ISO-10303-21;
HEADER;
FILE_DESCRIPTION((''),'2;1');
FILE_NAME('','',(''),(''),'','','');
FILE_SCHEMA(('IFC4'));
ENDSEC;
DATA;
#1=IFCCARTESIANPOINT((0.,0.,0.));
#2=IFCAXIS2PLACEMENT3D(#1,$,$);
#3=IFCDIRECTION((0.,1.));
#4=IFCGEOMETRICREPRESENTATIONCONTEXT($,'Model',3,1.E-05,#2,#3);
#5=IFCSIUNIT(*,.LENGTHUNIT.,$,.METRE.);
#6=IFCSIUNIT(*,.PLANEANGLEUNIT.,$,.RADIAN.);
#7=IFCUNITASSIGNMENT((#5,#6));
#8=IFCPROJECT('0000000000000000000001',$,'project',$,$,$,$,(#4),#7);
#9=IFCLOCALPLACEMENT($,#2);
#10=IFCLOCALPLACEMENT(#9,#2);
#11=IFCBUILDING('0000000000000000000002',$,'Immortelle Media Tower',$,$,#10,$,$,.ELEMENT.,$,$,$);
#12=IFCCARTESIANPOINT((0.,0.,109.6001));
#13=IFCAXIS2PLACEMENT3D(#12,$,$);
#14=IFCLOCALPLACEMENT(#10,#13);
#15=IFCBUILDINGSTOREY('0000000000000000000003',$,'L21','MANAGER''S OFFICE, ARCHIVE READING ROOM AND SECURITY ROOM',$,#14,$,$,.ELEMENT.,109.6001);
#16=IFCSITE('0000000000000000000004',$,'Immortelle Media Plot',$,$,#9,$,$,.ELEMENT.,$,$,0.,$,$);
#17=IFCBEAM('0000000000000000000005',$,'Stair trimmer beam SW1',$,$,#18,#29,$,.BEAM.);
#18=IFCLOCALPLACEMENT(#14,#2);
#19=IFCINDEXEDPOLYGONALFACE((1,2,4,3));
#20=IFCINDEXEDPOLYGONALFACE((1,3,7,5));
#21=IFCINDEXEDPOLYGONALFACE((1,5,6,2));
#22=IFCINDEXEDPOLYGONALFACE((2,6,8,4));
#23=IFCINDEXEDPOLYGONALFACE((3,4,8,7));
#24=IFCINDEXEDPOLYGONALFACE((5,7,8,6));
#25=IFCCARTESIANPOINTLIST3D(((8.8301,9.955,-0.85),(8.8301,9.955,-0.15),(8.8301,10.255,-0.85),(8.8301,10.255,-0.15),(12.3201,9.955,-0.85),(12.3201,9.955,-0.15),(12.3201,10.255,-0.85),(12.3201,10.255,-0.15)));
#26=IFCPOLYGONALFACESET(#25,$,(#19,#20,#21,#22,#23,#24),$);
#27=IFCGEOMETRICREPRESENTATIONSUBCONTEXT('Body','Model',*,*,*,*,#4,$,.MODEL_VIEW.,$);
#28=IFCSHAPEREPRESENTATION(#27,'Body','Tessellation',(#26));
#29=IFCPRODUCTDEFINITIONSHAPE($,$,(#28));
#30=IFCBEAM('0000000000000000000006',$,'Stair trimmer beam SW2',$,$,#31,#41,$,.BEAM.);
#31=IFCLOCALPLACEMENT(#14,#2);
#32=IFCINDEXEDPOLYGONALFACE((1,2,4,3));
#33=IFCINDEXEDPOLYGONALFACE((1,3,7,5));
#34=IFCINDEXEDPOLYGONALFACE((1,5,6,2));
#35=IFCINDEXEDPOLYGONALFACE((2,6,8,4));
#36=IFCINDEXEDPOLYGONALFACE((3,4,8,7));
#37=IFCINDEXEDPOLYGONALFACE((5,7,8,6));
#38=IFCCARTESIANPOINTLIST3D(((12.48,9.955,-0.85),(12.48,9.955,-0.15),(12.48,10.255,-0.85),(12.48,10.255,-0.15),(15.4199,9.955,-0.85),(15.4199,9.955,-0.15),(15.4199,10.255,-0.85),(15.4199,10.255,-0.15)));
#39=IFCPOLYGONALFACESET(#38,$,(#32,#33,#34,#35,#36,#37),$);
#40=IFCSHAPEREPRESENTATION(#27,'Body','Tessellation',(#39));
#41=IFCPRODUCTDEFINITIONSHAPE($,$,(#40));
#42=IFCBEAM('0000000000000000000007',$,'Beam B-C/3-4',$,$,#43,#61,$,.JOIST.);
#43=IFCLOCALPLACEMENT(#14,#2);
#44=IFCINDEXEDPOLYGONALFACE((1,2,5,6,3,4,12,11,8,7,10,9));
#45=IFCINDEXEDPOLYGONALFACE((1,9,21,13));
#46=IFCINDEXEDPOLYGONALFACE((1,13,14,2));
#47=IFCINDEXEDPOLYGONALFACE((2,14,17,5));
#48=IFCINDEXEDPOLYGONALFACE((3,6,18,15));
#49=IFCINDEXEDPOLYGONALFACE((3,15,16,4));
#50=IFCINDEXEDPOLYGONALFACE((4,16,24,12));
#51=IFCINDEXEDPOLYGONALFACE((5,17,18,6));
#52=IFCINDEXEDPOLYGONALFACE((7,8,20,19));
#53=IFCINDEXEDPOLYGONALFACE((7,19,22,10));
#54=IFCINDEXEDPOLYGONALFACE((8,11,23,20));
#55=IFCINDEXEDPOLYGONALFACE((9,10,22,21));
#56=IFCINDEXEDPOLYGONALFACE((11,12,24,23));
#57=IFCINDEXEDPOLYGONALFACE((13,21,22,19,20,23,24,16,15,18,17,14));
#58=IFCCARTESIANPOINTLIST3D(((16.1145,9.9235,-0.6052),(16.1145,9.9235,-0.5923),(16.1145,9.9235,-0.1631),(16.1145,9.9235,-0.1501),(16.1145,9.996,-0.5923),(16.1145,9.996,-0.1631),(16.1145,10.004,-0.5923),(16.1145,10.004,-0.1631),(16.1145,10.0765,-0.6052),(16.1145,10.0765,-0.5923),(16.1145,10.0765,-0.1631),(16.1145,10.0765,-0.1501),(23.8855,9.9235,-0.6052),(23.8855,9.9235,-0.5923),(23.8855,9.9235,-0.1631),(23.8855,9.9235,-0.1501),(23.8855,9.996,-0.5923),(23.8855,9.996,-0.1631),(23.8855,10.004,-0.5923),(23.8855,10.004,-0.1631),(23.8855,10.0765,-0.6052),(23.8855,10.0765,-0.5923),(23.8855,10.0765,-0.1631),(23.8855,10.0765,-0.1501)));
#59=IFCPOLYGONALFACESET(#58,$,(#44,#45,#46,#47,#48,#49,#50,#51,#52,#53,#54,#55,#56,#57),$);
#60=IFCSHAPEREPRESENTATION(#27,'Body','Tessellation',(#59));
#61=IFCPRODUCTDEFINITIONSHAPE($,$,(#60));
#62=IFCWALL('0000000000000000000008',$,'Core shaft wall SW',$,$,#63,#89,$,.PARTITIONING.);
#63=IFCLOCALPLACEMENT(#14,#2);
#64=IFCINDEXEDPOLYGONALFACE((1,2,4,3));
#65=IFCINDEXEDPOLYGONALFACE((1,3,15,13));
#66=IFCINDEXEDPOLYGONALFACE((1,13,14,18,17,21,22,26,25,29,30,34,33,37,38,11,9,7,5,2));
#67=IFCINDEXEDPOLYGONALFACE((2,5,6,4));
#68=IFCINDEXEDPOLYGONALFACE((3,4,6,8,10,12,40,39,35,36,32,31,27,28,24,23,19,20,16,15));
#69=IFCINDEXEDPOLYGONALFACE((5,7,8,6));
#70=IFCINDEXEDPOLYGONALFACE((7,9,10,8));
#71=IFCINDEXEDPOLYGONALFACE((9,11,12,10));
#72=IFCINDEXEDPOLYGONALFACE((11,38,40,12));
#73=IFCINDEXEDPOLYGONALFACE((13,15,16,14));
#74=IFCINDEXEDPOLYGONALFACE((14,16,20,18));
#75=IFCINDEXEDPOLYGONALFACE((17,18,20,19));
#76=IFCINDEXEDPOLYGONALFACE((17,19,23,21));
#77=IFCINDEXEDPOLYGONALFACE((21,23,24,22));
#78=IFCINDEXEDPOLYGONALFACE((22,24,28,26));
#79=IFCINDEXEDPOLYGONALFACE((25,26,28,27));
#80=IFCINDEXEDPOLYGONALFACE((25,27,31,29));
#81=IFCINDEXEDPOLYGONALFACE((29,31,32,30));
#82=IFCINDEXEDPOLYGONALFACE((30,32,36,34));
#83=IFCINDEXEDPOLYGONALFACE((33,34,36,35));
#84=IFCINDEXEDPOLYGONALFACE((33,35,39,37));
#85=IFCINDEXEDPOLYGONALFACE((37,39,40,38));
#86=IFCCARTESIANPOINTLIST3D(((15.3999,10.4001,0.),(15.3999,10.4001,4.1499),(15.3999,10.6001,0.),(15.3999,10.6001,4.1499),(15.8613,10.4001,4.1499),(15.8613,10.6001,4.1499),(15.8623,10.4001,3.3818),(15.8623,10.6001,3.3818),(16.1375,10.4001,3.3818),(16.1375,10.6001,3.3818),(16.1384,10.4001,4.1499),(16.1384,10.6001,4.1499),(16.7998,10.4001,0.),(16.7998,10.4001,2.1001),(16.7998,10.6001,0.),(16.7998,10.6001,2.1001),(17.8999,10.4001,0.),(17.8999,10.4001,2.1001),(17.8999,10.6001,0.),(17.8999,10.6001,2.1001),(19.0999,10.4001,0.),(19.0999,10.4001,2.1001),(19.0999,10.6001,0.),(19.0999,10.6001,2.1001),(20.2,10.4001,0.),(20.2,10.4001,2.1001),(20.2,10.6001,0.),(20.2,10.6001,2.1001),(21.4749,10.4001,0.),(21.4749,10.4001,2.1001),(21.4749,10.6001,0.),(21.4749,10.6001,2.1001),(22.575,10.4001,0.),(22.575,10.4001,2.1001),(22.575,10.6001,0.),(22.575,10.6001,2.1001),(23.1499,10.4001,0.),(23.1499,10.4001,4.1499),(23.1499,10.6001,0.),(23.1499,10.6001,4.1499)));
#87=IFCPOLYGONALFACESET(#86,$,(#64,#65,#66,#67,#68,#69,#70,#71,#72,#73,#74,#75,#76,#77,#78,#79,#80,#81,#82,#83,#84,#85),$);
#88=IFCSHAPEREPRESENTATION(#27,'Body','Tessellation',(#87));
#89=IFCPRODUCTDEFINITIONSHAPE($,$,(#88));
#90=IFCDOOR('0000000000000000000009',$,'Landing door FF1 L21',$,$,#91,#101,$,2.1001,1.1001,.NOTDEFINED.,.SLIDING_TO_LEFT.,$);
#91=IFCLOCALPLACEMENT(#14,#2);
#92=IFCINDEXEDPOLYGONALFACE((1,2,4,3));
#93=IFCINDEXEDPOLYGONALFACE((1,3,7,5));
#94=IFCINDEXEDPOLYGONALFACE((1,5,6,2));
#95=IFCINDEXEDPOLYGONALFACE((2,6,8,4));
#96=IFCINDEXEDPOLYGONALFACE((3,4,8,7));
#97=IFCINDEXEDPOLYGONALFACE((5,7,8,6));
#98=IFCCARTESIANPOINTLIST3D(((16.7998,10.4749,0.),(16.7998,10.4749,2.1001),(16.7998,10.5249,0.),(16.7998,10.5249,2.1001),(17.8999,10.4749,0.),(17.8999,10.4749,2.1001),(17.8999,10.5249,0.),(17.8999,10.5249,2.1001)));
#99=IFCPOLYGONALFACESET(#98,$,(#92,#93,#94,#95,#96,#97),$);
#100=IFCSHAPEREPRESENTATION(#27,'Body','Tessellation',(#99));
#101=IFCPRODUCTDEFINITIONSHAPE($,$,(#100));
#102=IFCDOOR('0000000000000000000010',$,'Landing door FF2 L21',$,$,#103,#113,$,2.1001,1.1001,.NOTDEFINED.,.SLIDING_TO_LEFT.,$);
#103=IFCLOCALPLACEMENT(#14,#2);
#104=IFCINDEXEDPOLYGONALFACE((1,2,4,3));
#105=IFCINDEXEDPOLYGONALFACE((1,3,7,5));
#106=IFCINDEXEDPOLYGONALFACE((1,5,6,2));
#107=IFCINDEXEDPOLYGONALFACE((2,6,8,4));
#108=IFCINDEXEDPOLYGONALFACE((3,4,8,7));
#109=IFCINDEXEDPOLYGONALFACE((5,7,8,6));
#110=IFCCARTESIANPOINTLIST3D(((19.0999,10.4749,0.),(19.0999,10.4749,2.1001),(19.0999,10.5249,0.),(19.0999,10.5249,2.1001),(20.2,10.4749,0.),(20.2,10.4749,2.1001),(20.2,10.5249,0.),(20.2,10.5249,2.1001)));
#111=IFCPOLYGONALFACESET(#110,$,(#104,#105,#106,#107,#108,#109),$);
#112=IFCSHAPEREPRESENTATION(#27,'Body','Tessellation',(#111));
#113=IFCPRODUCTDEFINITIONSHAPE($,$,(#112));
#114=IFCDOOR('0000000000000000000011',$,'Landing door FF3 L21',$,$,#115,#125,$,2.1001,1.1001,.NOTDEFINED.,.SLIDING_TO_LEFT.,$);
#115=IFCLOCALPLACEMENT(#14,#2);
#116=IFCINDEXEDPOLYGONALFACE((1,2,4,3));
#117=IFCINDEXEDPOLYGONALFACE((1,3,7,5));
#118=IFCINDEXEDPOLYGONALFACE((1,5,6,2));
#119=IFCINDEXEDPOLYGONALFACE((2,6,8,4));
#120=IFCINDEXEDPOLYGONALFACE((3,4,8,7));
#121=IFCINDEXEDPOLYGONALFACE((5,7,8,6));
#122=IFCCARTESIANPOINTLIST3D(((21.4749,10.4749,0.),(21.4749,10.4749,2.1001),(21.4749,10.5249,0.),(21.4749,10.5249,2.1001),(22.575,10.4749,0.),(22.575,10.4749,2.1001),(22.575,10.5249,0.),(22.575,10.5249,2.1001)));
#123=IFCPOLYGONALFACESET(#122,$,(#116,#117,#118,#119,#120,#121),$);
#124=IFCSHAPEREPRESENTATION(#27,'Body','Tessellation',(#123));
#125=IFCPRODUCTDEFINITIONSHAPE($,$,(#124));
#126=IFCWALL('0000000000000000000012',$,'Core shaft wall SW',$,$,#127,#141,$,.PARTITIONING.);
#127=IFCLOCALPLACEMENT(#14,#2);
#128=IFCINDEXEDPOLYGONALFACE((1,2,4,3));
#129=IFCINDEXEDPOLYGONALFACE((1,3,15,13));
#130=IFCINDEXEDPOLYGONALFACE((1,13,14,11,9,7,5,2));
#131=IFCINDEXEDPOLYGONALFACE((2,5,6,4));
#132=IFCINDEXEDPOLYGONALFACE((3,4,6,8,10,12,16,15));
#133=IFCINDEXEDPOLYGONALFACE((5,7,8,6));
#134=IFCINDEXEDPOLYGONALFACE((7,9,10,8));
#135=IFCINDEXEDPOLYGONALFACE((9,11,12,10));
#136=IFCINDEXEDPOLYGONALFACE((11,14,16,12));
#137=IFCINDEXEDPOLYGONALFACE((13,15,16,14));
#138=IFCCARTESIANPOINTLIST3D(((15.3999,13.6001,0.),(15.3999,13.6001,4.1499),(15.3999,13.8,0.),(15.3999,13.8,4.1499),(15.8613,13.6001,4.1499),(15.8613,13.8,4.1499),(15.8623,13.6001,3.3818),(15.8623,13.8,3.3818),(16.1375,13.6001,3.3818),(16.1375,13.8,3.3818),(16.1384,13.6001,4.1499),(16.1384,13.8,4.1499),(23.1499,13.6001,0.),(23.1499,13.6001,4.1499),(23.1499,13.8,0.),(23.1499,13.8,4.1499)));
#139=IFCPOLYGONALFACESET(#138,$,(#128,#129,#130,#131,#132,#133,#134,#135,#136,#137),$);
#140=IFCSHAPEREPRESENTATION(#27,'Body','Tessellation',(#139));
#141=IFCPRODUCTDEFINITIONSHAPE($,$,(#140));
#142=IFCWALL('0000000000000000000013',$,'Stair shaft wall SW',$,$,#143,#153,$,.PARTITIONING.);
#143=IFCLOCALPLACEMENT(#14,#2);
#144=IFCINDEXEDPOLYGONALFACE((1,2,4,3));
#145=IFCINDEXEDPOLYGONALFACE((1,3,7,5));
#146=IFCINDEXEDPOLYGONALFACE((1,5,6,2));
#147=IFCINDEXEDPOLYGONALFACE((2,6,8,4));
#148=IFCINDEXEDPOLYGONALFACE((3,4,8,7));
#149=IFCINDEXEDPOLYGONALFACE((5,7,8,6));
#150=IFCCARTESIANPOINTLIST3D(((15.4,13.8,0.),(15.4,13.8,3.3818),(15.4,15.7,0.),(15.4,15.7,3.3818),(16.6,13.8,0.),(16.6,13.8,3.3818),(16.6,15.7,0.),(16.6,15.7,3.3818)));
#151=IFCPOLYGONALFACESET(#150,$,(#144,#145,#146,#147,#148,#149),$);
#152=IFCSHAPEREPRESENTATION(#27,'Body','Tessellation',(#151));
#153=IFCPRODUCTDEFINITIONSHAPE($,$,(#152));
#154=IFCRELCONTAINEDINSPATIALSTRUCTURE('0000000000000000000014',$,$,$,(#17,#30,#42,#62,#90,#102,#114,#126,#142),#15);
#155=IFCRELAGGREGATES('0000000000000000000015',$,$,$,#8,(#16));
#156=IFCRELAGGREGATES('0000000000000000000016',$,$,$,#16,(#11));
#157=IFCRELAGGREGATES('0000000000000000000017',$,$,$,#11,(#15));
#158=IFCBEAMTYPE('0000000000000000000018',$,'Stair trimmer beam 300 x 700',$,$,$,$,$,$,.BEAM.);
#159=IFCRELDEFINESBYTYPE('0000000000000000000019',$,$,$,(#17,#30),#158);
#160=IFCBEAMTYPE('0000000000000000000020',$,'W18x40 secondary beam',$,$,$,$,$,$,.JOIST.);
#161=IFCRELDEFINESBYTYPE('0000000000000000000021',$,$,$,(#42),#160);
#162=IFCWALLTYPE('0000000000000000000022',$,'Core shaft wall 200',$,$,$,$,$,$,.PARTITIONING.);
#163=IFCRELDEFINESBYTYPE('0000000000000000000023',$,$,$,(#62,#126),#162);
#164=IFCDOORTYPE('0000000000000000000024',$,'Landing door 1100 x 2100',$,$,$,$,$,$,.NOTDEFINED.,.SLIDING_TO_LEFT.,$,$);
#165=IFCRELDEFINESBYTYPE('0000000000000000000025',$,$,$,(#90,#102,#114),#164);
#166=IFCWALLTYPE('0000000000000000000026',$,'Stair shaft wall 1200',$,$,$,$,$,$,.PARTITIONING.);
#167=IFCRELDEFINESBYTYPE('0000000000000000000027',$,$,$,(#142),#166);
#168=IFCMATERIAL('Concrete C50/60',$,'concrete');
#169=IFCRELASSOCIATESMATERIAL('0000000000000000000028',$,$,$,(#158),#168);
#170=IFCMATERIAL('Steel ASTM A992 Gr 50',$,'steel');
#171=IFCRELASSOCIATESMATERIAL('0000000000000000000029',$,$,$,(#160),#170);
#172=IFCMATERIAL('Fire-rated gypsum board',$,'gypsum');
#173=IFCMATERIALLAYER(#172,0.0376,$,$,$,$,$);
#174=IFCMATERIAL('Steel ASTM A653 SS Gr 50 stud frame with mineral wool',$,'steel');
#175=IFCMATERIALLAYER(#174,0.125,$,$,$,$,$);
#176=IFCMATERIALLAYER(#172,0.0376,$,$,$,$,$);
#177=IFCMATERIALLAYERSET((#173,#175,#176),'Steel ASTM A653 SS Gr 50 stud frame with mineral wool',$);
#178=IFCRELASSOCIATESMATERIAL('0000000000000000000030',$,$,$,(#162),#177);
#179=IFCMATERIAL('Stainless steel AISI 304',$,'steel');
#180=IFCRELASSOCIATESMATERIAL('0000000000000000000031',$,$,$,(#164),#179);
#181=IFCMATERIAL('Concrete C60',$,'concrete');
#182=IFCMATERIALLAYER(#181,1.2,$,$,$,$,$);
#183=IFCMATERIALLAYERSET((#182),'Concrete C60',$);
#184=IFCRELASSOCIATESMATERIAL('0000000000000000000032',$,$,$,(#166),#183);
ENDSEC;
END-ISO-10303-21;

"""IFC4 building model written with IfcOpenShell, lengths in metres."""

from ifc_helpers import new_model, si_unit, direction, frame, frame_2d, origin, origin_2d, place, context, subcontext, project, spatial, polyline, rectangle, i_section, outline, extrude, material, layer, layer_set, material_profile, profile_set, type_object, element, fill, save


model = new_model("IFC4")

# Units and contexts
model_context = context("Model", 3, precision=1e-05, world=origin(), true_north=direction((0.0, 1.0)))
body_context = subcontext(model_context, "Body", "Model", "MODEL_VIEW")
ifc_project = project(units=[si_unit("LENGTHUNIT", "METRE"), si_unit("PLANEANGLEUNIT", "RADIAN")], contexts=[model_context])

# Site, building, storey
site_placement = place(None, origin())
site = spatial("IfcSite", under=ifc_project, at=site_placement, Name="Immortelle Media Plot", CompositionType="ELEMENT", RefElevation=0.0)
building_placement = place(site_placement, origin())
building = spatial("IfcBuilding", under=site, at=building_placement, Name="Immortelle Media Tower", CompositionType="ELEMENT")
storey_placement = place(building_placement, frame((0.0, 0.0, 109.6001)))
storey = spatial("IfcBuildingStorey", under=building, at=storey_placement, Name="L21", Description="MANAGER'S OFFICE, ARCHIVE READING ROOM AND SECURITY ROOM", CompositionType="ELEMENT", Elevation=109.6001)

# Beams
ifc_material_1 = material(Name="Concrete C50/60", Category="concrete")
ifc_material_profile_1 = material_profile(ifc_material_1, rectangle(XDim=0.3, YDim=0.7, at=origin_2d()), Name="RC 300x700")
ifc_profile_set_1 = profile_set([ifc_material_profile_1], Name="Concrete C50/60")
beam_type_1 = type_object("IfcBeamType", Name="Stair trimmer beam 300 x 700", PredefinedType="BEAM", material=ifc_profile_set_1)
beam_1_placement = place(storey_placement, frame((8.8301, 10.105, -0.5), z_axis=(1.0, 0.0, 0.0), x_axis=(0.0, 1.0, 0.0)))
element("IfcBeam", 1, at=beam_1_placement, inside=storey, type_object=beam_type_1, Name="Stair trimmer beam SW1", PredefinedType="BEAM", context=body_context, shape_type="SweptSolid", body=[
    extrude(rectangle(XDim=0.3, YDim=0.7, at=origin_2d()), origin(), (0.0, 0.0, 1.0), 3.49),
])
beam_2_placement = place(storey_placement, frame((12.48, 10.105, -0.5), z_axis=(1.0, 0.0, 0.0), x_axis=(0.0, 1.0, 0.0)))
element("IfcBeam", 2, at=beam_2_placement, inside=storey, type_object=beam_type_1, Name="Stair trimmer beam SW2", PredefinedType="BEAM", context=body_context, shape_type="SweptSolid", body=[
    extrude(rectangle(XDim=0.3, YDim=0.7, at=origin_2d()), origin(), (0.0, 0.0, 1.0), 2.9399),
])
ifc_material_2 = material(Name="Steel ASTM A992 Gr 50", Category="steel")
ifc_material_profile_2 = material_profile(ifc_material_2, i_section(OverallWidth=0.1531, OverallDepth=0.4551, WebThickness=0.0081, FlangeThickness=0.0129, at=origin_2d()), Name="W18x40")
ifc_profile_set_2 = profile_set([ifc_material_profile_2], Name="Steel ASTM A992 Gr 50")
beam_type_2 = type_object("IfcBeamType", Name="W18x40 secondary beam", PredefinedType="JOIST", material=ifc_profile_set_2)
beam_3_placement = place(storey_placement, frame((16.1145, 10.0, -0.3777), z_axis=(1.0, 0.0, 0.0), x_axis=(0.0, 1.0, 0.0)))
element("IfcBeam", 3, at=beam_3_placement, inside=storey, type_object=beam_type_2, Name="Beam B-C/3-4", PredefinedType="JOIST", context=body_context, shape_type="SweptSolid", body=[
    extrude(i_section(OverallWidth=0.1531, OverallDepth=0.4551, WebThickness=0.0081, FlangeThickness=0.0129, at=origin_2d()), origin(), (0.0, 0.0, 1.0), 7.771),
])

# Wall, openings, doors
ifc_material_3 = material(Name="Fire-rated gypsum board", Category="gypsum")
ifc_layer_1 = layer(ifc_material_3, 0.0376)
ifc_material_4 = material(Name="Steel ASTM A653 SS Gr 50 stud frame with mineral wool", Category="steel")
ifc_layer_2 = layer(ifc_material_4, 0.125)
ifc_layer_3 = layer(ifc_material_3, 0.0376)
ifc_layer_set_1 = layer_set([ifc_layer_1, ifc_layer_2, ifc_layer_3], Name="Steel ASTM A653 SS Gr 50 stud frame with mineral wool")
wall_type_1 = type_object("IfcWallType", Name="Core shaft wall 200", PredefinedType="PARTITIONING", material=ifc_layer_set_1)
wall_1_placement = place(storey_placement, frame((15.3999, 10.5, 0.0), z_axis=(0.0, 0.0, 1.0), x_axis=(1.0, 0.0, 0.0)))
wall_1 = element("IfcWall", 4, at=wall_1_placement, inside=storey, type_object=wall_type_1, Name="Core shaft wall SW", PredefinedType="PARTITIONING", context=body_context, shape_type="SweptSolid", body=[
    extrude(outline(polyline([(0.0, 0.0), (7.75, 0.0), (7.75, 4.1499), (0.7385, 4.1499), (0.7375, 3.3818), (0.4624, 3.3818), (0.4614, 4.1499), (0.0, 4.1499), (0.0, 0.0)])), frame((0.0, 0.1001, 0.0), z_axis=(0.0, -1.0, 0.0), x_axis=(1.0, 0.0, 0.0)), (0.0, 0.0, 1.0), 0.2),
])
opening_1_placement = place(wall_1_placement, frame((1.3999, 0.0, 0.0)))
opening_1 = element("IfcOpeningElement", 5, at=opening_1_placement, cuts=wall_1, PredefinedType="OPENING", context=body_context, shape_type="SweptSolid", body=[
    extrude(rectangle(XDim=1.1001, YDim=2.1001, at=frame_2d((0.55, 1.05))), frame((0.0, 0.1099, 0.0), z_axis=(0.0, -1.0, 0.0), x_axis=(1.0, 0.0, 0.0)), (0.0, 0.0, 1.0), 0.22),
])
opening_2_placement = place(wall_1_placement, frame((3.7, 0.0, 0.0)))
opening_2 = element("IfcOpeningElement", 6, at=opening_2_placement, cuts=wall_1, PredefinedType="OPENING", context=body_context, shape_type="SweptSolid", body=[
    extrude(rectangle(XDim=1.1001, YDim=2.1001, at=frame_2d((0.55, 1.05))), frame((0.0, 0.1099, 0.0), z_axis=(0.0, -1.0, 0.0), x_axis=(1.0, 0.0, 0.0)), (0.0, 0.0, 1.0), 0.22),
])
opening_3_placement = place(wall_1_placement, frame((6.075, 0.0, 0.0)))
opening_3 = element("IfcOpeningElement", 7, at=opening_3_placement, cuts=wall_1, PredefinedType="OPENING", context=body_context, shape_type="SweptSolid", body=[
    extrude(rectangle(XDim=1.1001, YDim=2.1001, at=frame_2d((0.55, 1.05))), frame((0.0, 0.1099, 0.0), z_axis=(0.0, -1.0, 0.0), x_axis=(1.0, 0.0, 0.0)), (0.0, 0.0, 1.0), 0.22),
])
ifc_material_5 = material(Name="Stainless steel AISI 304", Category="steel")
door_type_1 = type_object("IfcDoorType", Name="Landing door 1100 x 2100", OperationType="SLIDING_TO_LEFT", PredefinedType="NOTDEFINED", material=ifc_material_5)
door_1_placement = place(opening_1_placement, origin())
door_1 = element("IfcDoor", 8, at=door_1_placement, inside=storey, type_object=door_type_1, Name="Landing door FF1 L21", OperationType="SLIDING_TO_LEFT", OverallHeight=2.1001, OverallWidth=1.1001, PredefinedType="NOTDEFINED", context=body_context, shape_type="SweptSolid", body=[
    extrude(rectangle(XDim=1.1001, YDim=2.1001, at=frame_2d((0.55, 1.05))), frame((0.0, 0.0249, 0.0), z_axis=(0.0, -1.0, 0.0), x_axis=(1.0, 0.0, 0.0)), (0.0, 0.0, 1.0), 0.05),
])
fill(opening_1, door_1)
door_2_placement = place(opening_2_placement, origin())
door_2 = element("IfcDoor", 9, at=door_2_placement, inside=storey, type_object=door_type_1, Name="Landing door FF2 L21", OperationType="SLIDING_TO_LEFT", OverallHeight=2.1001, OverallWidth=1.1001, PredefinedType="NOTDEFINED", context=body_context, shape_type="SweptSolid", body=[
    extrude(rectangle(XDim=1.1001, YDim=2.1001, at=frame_2d((0.55, 1.05))), frame((0.0, 0.0249, 0.0), z_axis=(0.0, -1.0, 0.0), x_axis=(1.0, 0.0, 0.0)), (0.0, 0.0, 1.0), 0.05),
])
fill(opening_2, door_2)
door_3_placement = place(opening_3_placement, origin())
door_3 = element("IfcDoor", 10, at=door_3_placement, inside=storey, type_object=door_type_1, Name="Landing door FF3 L21", OperationType="SLIDING_TO_LEFT", OverallHeight=2.1001, OverallWidth=1.1001, PredefinedType="NOTDEFINED", context=body_context, shape_type="SweptSolid", body=[
    extrude(rectangle(XDim=1.1001, YDim=2.1001, at=frame_2d((0.55, 1.05))), frame((0.0, 0.0249, 0.0), z_axis=(0.0, -1.0, 0.0), x_axis=(1.0, 0.0, 0.0)), (0.0, 0.0, 1.0), 0.05),
])
fill(opening_3, door_3)

# Walls
wall_2_placement = place(storey_placement, frame((15.3999, 13.7, 0.0), z_axis=(0.0, 0.0, 1.0), x_axis=(1.0, 0.0, 0.0)))
element("IfcWall", 11, at=wall_2_placement, inside=storey, type_object=wall_type_1, Name="Core shaft wall SW", PredefinedType="PARTITIONING", context=body_context, shape_type="SweptSolid", body=[
    extrude(outline(polyline([(0.0, 0.0), (7.75, 0.0), (7.75, 4.1499), (0.7385, 4.1499), (0.7375, 3.3818), (0.4624, 3.3818), (0.4614, 4.1499), (0.0, 4.1499), (0.0, 0.0)])), frame((0.0, 0.1001, 0.0), z_axis=(0.0, -1.0, 0.0), x_axis=(1.0, 0.0, 0.0)), (0.0, 0.0, 1.0), 0.2),
])
ifc_material_6 = material(Name="Concrete C60", Category="concrete")
ifc_layer_4 = layer(ifc_material_6, 1.2)
ifc_layer_set_2 = layer_set([ifc_layer_4], Name="Concrete C60")
wall_type_2 = type_object("IfcWallType", Name="Stair shaft wall 1200", PredefinedType="PARTITIONING", material=ifc_layer_set_2)
wall_3_placement = place(storey_placement, frame((16.0, 13.8, 0.0), z_axis=(0.0, 0.0, 1.0), x_axis=(0.0, 1.0, 0.0)))
element("IfcWall", 12, at=wall_3_placement, inside=storey, type_object=wall_type_2, Name="Stair shaft wall SW", PredefinedType="PARTITIONING", context=body_context, shape_type="SweptSolid", body=[
    extrude(rectangle(XDim=1.8999, YDim=1.2, at=frame_2d((0.95, 0.0))), origin(), (0.0, 0.0, 1.0), 3.3818),
])

save(model, "model.ifc")
